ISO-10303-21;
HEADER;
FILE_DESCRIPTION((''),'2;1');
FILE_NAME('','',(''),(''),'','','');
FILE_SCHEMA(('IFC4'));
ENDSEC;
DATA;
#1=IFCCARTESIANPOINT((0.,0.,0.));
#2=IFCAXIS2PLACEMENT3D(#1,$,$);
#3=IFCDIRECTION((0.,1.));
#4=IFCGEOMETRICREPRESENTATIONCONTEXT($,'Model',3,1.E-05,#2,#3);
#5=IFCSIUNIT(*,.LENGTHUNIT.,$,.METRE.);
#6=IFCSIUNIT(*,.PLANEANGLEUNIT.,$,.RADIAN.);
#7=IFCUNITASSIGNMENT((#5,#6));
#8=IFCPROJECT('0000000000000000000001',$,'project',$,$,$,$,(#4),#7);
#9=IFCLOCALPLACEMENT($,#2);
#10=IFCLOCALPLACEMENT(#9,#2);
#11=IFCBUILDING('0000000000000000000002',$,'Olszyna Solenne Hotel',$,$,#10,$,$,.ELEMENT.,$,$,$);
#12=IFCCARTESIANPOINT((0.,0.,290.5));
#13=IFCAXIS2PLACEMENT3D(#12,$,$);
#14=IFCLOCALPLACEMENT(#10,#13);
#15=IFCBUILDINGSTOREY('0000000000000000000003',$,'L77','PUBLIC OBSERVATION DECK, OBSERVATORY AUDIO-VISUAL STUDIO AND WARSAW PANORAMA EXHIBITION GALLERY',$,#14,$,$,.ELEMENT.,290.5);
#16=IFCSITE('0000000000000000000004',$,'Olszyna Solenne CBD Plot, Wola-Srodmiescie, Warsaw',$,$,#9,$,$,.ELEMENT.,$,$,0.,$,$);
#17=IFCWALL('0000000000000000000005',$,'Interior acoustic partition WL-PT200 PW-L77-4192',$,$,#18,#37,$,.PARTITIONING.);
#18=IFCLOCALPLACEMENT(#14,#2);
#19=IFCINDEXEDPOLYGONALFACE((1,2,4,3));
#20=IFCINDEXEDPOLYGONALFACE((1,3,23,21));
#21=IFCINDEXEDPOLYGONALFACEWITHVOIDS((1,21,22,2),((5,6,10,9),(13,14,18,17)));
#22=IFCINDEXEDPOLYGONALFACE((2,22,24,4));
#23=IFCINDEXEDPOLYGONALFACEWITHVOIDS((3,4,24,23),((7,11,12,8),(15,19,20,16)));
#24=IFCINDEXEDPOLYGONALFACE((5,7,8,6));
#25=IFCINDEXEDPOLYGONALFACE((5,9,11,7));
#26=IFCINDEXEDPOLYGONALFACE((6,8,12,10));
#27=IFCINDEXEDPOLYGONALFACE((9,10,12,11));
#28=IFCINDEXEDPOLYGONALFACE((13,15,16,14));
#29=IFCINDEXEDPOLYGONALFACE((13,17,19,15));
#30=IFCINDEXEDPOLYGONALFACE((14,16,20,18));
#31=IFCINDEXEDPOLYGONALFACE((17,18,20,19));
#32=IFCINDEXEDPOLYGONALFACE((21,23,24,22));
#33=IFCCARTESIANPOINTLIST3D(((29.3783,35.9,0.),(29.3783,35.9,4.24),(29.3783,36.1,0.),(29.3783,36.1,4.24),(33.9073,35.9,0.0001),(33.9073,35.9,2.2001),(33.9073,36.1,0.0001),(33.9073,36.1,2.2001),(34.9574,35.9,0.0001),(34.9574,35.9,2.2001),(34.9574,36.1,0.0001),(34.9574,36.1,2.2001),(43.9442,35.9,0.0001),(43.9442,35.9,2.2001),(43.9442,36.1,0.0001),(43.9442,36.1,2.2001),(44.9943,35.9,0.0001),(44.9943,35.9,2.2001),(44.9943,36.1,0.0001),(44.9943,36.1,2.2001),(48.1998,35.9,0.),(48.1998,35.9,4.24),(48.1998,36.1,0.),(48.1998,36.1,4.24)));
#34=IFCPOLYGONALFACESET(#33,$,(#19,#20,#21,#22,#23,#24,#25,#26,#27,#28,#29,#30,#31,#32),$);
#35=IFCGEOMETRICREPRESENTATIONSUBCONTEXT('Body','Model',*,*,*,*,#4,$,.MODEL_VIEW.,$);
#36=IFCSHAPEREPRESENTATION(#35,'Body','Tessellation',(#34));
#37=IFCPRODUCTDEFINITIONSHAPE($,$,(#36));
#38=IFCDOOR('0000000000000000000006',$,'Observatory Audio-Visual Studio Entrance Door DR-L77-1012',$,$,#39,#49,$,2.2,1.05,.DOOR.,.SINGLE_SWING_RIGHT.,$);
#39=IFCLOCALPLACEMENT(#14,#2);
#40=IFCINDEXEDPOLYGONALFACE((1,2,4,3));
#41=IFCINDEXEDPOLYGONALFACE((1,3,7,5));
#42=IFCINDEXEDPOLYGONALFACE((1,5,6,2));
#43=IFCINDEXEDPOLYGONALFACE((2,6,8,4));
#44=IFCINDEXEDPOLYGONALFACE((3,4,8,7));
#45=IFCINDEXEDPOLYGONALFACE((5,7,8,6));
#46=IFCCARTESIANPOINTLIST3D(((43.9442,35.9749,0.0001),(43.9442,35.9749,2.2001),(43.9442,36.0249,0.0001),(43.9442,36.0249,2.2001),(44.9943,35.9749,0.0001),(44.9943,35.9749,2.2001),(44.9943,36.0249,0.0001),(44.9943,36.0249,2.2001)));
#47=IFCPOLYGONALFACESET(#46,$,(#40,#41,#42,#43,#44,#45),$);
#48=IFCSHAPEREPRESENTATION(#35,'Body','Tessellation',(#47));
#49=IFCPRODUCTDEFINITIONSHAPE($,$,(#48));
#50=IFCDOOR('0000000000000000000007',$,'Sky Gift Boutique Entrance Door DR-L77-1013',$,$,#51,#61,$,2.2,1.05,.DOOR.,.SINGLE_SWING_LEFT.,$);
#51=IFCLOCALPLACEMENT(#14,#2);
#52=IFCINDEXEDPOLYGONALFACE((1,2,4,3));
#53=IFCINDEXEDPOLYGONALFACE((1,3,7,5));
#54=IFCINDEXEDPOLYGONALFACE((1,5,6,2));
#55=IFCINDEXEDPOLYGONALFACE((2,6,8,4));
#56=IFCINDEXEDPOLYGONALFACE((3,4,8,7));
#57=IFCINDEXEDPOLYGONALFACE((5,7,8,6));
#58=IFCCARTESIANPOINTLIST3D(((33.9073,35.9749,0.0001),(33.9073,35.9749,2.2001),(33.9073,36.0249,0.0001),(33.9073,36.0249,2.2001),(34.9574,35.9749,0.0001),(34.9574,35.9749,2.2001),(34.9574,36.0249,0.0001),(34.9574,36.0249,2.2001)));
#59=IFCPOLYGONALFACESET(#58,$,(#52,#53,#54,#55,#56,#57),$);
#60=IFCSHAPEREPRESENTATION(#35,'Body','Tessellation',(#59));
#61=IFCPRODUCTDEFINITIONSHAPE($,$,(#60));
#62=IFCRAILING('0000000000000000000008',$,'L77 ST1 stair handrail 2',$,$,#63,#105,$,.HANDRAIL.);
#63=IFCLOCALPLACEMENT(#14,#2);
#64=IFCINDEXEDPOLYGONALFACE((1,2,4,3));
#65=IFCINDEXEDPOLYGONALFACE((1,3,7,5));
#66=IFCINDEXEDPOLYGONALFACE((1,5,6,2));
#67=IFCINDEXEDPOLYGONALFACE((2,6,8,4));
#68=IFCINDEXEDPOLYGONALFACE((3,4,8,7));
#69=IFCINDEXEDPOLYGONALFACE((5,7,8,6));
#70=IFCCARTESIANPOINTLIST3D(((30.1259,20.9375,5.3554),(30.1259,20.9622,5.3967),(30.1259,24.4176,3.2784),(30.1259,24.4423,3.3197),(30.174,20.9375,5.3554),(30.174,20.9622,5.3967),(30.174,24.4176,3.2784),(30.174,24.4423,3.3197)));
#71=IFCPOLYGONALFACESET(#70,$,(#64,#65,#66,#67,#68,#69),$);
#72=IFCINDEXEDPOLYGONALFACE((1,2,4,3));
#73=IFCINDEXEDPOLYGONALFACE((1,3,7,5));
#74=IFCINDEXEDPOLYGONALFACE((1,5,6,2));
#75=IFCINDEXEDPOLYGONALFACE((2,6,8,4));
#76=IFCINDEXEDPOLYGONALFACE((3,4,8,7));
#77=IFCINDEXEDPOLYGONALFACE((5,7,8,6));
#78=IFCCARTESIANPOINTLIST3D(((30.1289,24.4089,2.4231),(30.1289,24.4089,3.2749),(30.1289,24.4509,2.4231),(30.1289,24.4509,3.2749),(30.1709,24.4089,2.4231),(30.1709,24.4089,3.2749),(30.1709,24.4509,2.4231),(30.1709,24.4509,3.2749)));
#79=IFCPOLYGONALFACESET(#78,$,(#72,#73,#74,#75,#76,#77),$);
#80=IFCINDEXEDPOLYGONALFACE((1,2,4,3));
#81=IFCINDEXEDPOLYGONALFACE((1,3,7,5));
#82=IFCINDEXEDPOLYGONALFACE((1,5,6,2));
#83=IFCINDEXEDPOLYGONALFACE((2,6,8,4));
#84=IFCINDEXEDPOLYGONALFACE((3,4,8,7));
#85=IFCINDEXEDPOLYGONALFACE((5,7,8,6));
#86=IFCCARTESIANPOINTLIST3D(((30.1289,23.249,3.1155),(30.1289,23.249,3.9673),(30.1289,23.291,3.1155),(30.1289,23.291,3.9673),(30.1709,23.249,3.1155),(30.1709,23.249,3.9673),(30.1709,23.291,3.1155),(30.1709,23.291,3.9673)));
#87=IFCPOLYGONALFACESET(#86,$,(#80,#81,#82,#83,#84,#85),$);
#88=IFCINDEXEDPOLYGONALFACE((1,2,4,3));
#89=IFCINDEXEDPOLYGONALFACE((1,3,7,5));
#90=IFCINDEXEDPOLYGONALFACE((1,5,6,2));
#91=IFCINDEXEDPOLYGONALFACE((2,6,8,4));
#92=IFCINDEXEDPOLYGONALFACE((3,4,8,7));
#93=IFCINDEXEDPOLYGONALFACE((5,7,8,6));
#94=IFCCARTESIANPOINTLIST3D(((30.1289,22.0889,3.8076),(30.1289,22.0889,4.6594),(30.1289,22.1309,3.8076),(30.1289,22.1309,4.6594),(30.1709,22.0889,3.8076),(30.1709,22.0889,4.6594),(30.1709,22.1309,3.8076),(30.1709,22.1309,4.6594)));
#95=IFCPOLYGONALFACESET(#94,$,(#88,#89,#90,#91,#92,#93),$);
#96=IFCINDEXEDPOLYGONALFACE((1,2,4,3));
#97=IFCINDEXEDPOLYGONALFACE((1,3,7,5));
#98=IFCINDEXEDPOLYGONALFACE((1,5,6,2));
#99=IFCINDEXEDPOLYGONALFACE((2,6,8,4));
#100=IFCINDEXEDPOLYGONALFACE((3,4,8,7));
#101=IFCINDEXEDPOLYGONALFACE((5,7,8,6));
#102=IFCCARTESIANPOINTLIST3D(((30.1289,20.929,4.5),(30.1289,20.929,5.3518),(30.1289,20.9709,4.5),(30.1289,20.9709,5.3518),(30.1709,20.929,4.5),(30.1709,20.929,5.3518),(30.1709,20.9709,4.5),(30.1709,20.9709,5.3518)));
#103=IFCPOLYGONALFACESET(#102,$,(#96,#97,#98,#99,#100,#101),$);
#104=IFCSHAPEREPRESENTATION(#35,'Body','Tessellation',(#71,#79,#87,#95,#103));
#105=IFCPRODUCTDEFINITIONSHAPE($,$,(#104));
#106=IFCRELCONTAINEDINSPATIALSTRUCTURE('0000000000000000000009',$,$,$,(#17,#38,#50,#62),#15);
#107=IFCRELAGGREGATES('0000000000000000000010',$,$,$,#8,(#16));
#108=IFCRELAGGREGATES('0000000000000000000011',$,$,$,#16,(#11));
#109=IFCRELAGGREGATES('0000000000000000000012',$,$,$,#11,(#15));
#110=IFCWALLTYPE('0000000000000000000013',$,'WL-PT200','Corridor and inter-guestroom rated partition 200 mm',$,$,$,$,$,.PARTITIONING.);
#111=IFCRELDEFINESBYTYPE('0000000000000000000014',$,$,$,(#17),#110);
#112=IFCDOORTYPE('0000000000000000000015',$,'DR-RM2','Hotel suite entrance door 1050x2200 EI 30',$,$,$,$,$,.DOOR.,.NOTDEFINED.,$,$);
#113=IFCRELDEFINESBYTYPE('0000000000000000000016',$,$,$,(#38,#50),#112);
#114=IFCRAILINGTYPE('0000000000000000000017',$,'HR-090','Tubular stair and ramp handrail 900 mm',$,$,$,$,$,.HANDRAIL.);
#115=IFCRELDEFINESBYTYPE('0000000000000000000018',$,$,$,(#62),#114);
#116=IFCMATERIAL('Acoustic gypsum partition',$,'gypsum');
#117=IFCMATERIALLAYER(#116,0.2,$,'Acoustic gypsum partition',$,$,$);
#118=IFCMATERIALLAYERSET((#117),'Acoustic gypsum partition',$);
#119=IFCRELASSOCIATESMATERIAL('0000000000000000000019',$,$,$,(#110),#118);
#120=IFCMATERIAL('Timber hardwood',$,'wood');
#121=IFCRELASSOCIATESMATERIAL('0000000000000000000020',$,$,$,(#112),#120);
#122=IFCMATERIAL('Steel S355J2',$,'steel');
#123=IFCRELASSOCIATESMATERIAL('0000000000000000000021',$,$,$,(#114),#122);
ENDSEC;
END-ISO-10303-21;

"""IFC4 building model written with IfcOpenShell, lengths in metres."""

from ifc_helpers import new_model, si_unit, direction, frame, frame_2d, origin, origin_2d, place, context, subcontext, project, spatial, rectangle, extrude, source, transform, mapped, material, layer, layer_set, type_object, type_shapes, element, fill, save


model = new_model("IFC4")

# Units and contexts
model_context = context("Model", 3, precision=1e-05, world=origin(), true_north=direction((0.0, 1.0)))
body_context = subcontext(model_context, "Body", "Model", "MODEL_VIEW")
ifc_project = project(units=[si_unit("LENGTHUNIT", "METRE"), si_unit("PLANEANGLEUNIT", "RADIAN")], contexts=[model_context])

# Site, building, storey
site_placement = place(None, origin())
site = spatial("IfcSite", under=ifc_project, at=site_placement, Name="Olszyna Solenne CBD Plot, Wola-Srodmiescie, Warsaw", CompositionType="ELEMENT", RefElevation=0.0)
building_placement = place(site_placement, origin())
building = spatial("IfcBuilding", under=site, at=building_placement, Name="Olszyna Solenne Hotel", CompositionType="ELEMENT")
storey_placement = place(building_placement, frame((0.0, 0.0, 290.5)))
storey = spatial("IfcBuildingStorey", under=building, at=storey_placement, Name="L77", Description="PUBLIC OBSERVATION DECK, OBSERVATORY AUDIO-VISUAL STUDIO AND WARSAW PANORAMA EXHIBITION GALLERY", CompositionType="ELEMENT", Elevation=290.5)

# Shared definitions
ifc_material_1 = material(Name="Steel S355J2", Category="steel")

# Shared definitions
ifc_material_2 = material(Name="Acoustic gypsum partition", Category="gypsum")

# Shared definitions
ifc_layer_1 = layer(ifc_material_2, 0.2, Name="Acoustic gypsum partition")
ifc_layer_set_1 = layer_set([ifc_layer_1], Name="Acoustic gypsum partition")
wall_type_1 = type_object("IfcWallType", Name="WL-PT200", Description="Corridor and inter-guestroom rated partition 200 mm", PredefinedType="PARTITIONING", material=ifc_layer_set_1)

# Wall, openings, doors
wall_1_placement = place(storey_placement, frame((29.3784, 36.0, 0.0), z_axis=(0.0, 0.0, 1.0), x_axis=(1.0, 0.0, 0.0)))
wall_1 = element("IfcWall", 1, at=wall_1_placement, inside=storey, type_object=wall_type_1, Name="Interior acoustic partition WL-PT200 PW-L77-4192", PredefinedType="PARTITIONING", context=body_context, shape_type="SweptSolid", body=[
    extrude(rectangle(XDim=18.8215, YDim=0.2, at=frame_2d((9.4106, 0.0))), origin(), (0.0, 0.0, 1.0), 4.24),
])
opening_1_placement = place(wall_1_placement, frame((14.5659, 0.0, 0.0)))
opening_1 = element("IfcOpeningElement", 2, at=opening_1_placement, cuts=wall_1, PredefinedType="OPENING", context=body_context, shape_type="SweptSolid", body=[
    extrude(rectangle(XDim=1.05, YDim=2.2, at=frame_2d((0.5249, 1.1001))), frame((0.0, 0.1099, 0.0), z_axis=(0.0, -1.0, 0.0), x_axis=(1.0, 0.0, 0.0)), (0.0, 0.0, 1.0), 0.22),
])
opening_2_placement = place(wall_1_placement, frame((4.5291, 0.0, 0.0)))
opening_2 = element("IfcOpeningElement", 3, at=opening_2_placement, cuts=wall_1, PredefinedType="OPENING", context=body_context, shape_type="SweptSolid", body=[
    extrude(rectangle(XDim=1.05, YDim=2.2, at=frame_2d((0.5249, 1.1001))), frame((0.0, 0.1099, 0.0), z_axis=(0.0, -1.0, 0.0), x_axis=(1.0, 0.0, 0.0)), (0.0, 0.0, 1.0), 0.22),
])
ifc_material_3 = material(Name="Timber hardwood", Category="wood")
door_type_1 = type_object("IfcDoorType", Name="DR-RM2", Description="Hotel suite entrance door 1050x2200 EI 30", OperationType="NOTDEFINED", PredefinedType="DOOR", material=ifc_material_3)
shared_shape_1 = source(origin(), body_context, "Body", "SweptSolid", [
    extrude(rectangle(XDim=1.05, YDim=2.2, at=frame_2d((0.5249, 1.1001))), frame((0.0, 0.0249, 0.0), z_axis=(0.0, -1.0, 0.0), x_axis=(1.0, 0.0, 0.0)), (0.0, 0.0, 1.0), 0.05),
])
type_shapes(door_type_1, [shared_shape_1])
door_1_placement = place(opening_1_placement, origin())
door_1 = element("IfcDoor", 4, at=door_1_placement, inside=storey, type_object=door_type_1, Name="Observatory Audio-Visual Studio Entrance Door DR-L77-1012", OperationType="SINGLE_SWING_RIGHT", OverallHeight=2.2, OverallWidth=1.05, PredefinedType="DOOR", context=body_context, shape_type="MappedRepresentation", body=[
    mapped(shared_shape_1, transform((0.0, 0.0, 0.0), x_axis=(1.0, 0.0, 0.0), y_axis=(0.0, 1.0, 0.0), z_axis=(0.0, 0.0, 1.0), scale=1.0)),
])
fill(opening_1, door_1)
door_2_placement = place(opening_2_placement, origin())
door_2 = element("IfcDoor", 5, at=door_2_placement, inside=storey, type_object=door_type_1, Name="Sky Gift Boutique Entrance Door DR-L77-1013", OperationType="SINGLE_SWING_LEFT", OverallHeight=2.2, OverallWidth=1.05, PredefinedType="DOOR", context=body_context, shape_type="MappedRepresentation", body=[
    mapped(shared_shape_1, transform((0.0, 0.0, 0.0), x_axis=(1.0, 0.0, 0.0), y_axis=(0.0, 1.0, 0.0), z_axis=(0.0, 0.0, 1.0), scale=1.0)),
])
fill(opening_2, door_2)

# Railing
railing_type = type_object("IfcRailingType", Name="HR-090", Description="Tubular stair and ramp handrail 900 mm", PredefinedType="HANDRAIL", material=ifc_material_1)
railing_placement = place(storey_placement, frame((30.1499, 24.4299, 2.4231)))
element("IfcRailing", 6, at=railing_placement, inside=storey, type_object=railing_type, Name="L77 ST1 stair handrail 2", PredefinedType="HANDRAIL", context=body_context, shape_type="SweptSolid", body=[
    extrude(rectangle(XDim=0.0481, YDim=0.0481, at=origin_2d()), frame((0.0, 0.0, 0.876), z_axis=(0.0, -0.858697, 0.512483), x_axis=(1.0, 0.0, 0.0)), (0.0, 0.0, 1.0), 4.0527),
    extrude(rectangle(XDim=0.042, YDim=0.042, at=origin_2d()), origin(), (0.0, 0.0, 1.0), 0.8518),
    extrude(rectangle(XDim=0.042, YDim=0.042, at=origin_2d()), frame((0.0, -1.1599, 0.6924)), (0.0, 0.0, 1.0), 0.8518),
    extrude(rectangle(XDim=0.042, YDim=0.042, at=origin_2d()), frame((0.0, -2.3201, 1.3845)), (0.0, 0.0, 1.0), 0.8518),
    extrude(rectangle(XDim=0.042, YDim=0.042, at=origin_2d()), frame((0.0, -3.48, 2.0769)), (0.0, 0.0, 1.0), 0.8518),
])

save(model, "model.ifc")
